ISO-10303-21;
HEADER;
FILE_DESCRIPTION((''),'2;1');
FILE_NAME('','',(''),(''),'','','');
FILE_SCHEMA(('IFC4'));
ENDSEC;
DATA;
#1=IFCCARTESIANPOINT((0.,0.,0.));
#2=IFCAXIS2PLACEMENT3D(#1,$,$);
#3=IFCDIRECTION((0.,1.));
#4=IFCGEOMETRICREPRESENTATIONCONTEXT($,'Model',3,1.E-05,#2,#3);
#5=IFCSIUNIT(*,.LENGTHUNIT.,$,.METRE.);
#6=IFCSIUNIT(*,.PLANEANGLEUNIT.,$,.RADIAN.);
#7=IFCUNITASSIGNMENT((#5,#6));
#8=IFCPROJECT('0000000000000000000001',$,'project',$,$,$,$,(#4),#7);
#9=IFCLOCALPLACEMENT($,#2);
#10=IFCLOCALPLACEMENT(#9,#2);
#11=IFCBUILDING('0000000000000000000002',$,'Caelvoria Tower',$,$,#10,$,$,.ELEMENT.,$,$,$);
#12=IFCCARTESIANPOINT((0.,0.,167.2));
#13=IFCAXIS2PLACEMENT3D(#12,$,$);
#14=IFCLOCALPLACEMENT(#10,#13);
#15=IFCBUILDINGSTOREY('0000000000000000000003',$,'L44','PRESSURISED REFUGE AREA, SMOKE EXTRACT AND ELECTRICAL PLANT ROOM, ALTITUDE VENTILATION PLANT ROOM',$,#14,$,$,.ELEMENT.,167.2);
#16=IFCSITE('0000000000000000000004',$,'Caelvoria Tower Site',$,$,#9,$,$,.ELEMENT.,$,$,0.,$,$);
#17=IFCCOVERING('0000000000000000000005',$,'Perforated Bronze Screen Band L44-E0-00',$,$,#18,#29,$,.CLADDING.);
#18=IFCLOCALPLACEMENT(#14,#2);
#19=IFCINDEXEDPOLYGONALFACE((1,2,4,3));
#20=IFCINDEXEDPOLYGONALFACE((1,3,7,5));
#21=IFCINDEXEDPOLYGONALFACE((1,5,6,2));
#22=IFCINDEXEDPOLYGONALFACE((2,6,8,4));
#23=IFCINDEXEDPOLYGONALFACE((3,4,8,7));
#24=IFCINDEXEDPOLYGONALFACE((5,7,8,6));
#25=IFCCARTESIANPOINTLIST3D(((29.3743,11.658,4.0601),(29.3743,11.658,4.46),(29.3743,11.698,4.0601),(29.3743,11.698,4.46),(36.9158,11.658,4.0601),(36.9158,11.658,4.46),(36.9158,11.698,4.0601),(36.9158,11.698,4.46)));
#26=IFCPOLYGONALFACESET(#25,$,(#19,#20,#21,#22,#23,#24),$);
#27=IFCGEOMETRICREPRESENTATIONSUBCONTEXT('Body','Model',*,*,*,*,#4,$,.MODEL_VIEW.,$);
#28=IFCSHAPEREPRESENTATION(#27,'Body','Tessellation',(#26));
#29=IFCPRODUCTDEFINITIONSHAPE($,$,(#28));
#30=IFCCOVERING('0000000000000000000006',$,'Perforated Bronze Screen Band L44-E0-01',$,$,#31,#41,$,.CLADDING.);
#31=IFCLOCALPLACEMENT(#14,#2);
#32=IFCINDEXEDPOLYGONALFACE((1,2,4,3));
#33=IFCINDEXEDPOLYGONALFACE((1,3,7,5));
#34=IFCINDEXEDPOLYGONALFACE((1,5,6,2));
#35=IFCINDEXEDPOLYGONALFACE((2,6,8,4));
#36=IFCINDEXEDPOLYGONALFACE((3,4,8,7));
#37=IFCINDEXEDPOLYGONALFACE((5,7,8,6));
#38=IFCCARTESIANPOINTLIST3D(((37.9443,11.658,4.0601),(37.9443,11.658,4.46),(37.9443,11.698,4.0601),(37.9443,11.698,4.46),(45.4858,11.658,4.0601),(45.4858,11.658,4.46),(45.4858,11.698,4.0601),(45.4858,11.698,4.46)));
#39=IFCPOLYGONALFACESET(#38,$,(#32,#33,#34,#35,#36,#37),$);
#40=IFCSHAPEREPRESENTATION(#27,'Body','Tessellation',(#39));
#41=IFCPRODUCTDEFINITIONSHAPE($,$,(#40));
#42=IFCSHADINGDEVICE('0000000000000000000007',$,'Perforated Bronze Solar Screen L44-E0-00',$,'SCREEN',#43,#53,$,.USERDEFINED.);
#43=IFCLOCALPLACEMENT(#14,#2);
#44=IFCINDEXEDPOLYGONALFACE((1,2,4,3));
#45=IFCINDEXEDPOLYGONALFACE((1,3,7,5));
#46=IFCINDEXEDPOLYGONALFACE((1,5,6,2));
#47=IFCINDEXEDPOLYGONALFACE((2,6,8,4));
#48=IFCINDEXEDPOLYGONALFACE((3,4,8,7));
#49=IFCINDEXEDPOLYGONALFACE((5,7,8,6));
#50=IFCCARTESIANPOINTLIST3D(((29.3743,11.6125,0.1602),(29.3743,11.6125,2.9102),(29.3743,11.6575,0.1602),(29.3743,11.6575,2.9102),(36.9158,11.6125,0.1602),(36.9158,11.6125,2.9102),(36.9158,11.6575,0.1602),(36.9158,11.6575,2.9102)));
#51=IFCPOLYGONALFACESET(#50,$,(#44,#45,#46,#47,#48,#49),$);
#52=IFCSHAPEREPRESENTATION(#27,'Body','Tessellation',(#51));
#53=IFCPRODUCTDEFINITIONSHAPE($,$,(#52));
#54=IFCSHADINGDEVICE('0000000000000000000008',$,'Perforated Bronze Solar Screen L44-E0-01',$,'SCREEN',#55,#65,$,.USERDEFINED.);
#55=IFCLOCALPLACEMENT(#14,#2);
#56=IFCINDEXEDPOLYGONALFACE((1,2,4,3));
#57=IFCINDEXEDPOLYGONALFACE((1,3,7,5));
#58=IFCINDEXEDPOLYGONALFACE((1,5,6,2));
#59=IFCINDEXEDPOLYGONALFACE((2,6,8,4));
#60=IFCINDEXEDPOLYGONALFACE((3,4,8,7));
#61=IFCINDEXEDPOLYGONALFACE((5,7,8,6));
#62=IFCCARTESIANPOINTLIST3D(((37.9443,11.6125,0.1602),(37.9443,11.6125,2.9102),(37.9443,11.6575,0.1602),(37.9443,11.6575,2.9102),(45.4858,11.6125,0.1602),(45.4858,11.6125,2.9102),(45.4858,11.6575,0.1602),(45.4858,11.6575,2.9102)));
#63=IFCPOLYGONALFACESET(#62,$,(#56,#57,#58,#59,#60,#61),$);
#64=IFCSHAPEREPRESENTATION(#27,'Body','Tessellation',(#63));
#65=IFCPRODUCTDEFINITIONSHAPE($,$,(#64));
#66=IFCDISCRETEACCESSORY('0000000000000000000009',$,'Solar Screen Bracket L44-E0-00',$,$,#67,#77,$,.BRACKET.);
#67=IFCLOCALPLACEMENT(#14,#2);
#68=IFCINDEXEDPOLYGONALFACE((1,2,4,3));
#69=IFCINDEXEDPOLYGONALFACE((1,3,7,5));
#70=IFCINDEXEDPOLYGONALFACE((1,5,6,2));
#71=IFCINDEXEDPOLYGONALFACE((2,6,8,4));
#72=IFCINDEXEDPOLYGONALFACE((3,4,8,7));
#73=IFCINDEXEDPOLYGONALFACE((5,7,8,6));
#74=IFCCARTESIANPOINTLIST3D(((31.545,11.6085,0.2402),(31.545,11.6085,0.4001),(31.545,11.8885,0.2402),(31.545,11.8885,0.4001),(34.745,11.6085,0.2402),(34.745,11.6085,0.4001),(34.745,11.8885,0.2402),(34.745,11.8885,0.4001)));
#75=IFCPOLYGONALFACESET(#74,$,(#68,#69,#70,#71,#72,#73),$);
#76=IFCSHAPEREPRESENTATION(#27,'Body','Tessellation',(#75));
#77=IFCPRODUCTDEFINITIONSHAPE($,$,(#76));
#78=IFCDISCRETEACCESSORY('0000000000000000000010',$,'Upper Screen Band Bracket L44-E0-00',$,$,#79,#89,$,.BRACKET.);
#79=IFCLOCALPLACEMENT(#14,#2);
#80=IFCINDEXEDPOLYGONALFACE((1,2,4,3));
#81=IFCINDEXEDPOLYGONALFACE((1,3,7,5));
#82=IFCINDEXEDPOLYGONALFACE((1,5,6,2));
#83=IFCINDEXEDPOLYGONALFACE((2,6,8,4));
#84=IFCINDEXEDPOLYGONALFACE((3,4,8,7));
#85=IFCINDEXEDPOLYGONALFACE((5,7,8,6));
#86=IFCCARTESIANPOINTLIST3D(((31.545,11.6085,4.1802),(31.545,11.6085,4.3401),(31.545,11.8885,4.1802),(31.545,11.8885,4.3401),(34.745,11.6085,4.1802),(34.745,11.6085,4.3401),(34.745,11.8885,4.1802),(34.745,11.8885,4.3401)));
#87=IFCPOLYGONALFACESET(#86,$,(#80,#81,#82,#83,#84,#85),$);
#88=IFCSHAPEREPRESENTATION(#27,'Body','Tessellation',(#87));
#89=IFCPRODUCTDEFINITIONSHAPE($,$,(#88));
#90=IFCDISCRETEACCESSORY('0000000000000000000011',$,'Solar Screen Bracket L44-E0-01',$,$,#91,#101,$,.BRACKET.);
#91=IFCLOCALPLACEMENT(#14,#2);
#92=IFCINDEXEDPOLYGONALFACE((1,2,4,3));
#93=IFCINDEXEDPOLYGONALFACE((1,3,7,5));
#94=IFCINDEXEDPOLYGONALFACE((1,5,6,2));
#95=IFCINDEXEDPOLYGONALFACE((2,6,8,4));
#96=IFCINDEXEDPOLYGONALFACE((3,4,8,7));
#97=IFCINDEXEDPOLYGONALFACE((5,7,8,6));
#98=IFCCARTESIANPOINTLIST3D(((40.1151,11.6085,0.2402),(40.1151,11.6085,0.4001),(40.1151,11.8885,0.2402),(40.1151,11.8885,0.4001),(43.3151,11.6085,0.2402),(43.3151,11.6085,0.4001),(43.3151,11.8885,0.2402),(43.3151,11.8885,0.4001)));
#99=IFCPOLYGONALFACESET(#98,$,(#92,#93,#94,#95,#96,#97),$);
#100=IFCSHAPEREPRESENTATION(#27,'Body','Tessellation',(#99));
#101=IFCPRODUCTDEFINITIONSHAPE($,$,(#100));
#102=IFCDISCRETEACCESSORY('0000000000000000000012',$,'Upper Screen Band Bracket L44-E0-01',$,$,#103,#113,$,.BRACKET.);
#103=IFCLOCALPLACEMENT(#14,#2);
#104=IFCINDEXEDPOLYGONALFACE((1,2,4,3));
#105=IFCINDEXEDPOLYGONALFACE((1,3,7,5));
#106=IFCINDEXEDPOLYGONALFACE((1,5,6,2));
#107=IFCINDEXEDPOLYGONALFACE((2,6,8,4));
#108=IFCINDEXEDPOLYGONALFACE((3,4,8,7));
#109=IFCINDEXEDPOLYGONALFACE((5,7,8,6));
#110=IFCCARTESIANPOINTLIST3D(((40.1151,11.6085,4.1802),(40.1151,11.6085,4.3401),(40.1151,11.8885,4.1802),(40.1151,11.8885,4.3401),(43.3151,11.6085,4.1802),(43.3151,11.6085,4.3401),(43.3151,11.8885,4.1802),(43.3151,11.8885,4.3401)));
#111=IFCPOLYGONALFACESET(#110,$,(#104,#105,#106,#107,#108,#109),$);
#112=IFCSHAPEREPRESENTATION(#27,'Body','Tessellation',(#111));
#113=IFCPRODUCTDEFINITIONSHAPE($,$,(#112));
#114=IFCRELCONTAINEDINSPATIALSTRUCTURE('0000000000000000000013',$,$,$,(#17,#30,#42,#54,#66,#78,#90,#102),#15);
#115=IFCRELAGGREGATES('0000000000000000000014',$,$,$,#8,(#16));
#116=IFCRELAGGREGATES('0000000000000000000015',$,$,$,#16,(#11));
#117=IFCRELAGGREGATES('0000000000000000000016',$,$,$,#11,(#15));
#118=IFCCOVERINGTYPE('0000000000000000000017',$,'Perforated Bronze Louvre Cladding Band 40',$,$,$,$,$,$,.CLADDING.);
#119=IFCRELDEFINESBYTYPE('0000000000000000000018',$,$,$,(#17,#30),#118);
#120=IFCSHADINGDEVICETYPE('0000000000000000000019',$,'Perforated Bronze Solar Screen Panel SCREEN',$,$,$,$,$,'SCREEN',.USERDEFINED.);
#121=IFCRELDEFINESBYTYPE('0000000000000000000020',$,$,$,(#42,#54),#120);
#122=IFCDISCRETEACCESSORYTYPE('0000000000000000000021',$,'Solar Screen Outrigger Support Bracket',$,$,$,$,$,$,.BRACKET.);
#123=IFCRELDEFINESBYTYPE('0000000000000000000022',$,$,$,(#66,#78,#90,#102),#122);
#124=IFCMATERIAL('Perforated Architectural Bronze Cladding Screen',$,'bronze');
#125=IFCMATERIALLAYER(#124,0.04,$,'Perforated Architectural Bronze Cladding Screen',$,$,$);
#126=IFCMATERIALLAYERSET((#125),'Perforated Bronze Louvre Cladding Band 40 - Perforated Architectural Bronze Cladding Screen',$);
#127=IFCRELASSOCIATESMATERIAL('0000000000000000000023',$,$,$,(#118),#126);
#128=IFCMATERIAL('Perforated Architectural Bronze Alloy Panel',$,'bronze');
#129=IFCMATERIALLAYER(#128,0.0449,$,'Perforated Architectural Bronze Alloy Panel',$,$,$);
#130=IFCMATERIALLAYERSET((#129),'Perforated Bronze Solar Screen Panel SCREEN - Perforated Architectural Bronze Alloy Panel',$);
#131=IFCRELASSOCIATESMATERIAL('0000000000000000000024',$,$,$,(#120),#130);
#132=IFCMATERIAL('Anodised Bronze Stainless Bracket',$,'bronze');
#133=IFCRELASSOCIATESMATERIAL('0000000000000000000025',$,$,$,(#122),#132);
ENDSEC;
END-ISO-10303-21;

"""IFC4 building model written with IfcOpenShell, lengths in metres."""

from ifc_helpers import new_model, si_unit, direction, frame, origin, origin_2d, place, context, subcontext, project, spatial, rectangle, extrude, material, layer, layer_set, type_object, element, save


model = new_model("IFC4")

# Units and contexts
model_context = context("Model", 3, precision=1e-05, world=origin(), true_north=direction((0.0, 1.0)))
body_context = subcontext(model_context, "Body", "Model", "MODEL_VIEW")
ifc_project = project(units=[si_unit("LENGTHUNIT", "METRE"), si_unit("PLANEANGLEUNIT", "RADIAN")], contexts=[model_context])

# Site, building, storey
site_placement = place(None, origin())
site = spatial("IfcSite", under=ifc_project, at=site_placement, Name="Caelvoria Tower Site", CompositionType="ELEMENT", RefElevation=0.0)
building_placement = place(site_placement, origin())
building = spatial("IfcBuilding", under=site, at=building_placement, Name="Caelvoria Tower", CompositionType="ELEMENT")
storey_placement = place(building_placement, frame((0.0, 0.0, 167.2)))
storey = spatial("IfcBuildingStorey", under=building, at=storey_placement, Name="L44", Description="PRESSURISED REFUGE AREA, SMOKE EXTRACT AND ELECTRICAL PLANT ROOM, ALTITUDE VENTILATION PLANT ROOM", CompositionType="ELEMENT", Elevation=167.2)

# Coverings
ifc_material_1 = material(Name="Perforated Architectural Bronze Cladding Screen", Category="bronze")
ifc_layer_1 = layer(ifc_material_1, 0.04, Name="Perforated Architectural Bronze Cladding Screen")
ifc_layer_set_1 = layer_set([ifc_layer_1], Name="Perforated Bronze Louvre Cladding Band 40 - Perforated Architectural Bronze Cladding Screen")
covering_type = type_object("IfcCoveringType", Name="Perforated Bronze Louvre Cladding Band 40", PredefinedType="CLADDING", material=ifc_layer_set_1)
for number, where, z_axis, x_axis, name in (
    (1, (33.145, 11.678, 4.0601), (0.0, 0.0, 1.0), (1.0, 0.0, 0.0), "Perforated Bronze Screen Band L44-E0-00"),
    (2, (41.7151, 11.678, 4.0601), (0.0, 0.0, 1.0), (1.0, 0.0, 0.0), "Perforated Bronze Screen Band L44-E0-01"),
):
    element("IfcCovering", number, at=place(storey_placement, frame(where, z_axis=z_axis, x_axis=x_axis)), inside=storey, type_object=covering_type, Name=name, PredefinedType="CLADDING", context=body_context, shape_type="SweptSolid", body=[
        extrude(rectangle(XDim=7.5415, YDim=0.04, at=origin_2d()), origin(), (0.0, 0.0, 1.0), 0.3999),
    ])

# Shading devices
ifc_material_2 = material(Name="Perforated Architectural Bronze Alloy Panel", Category="bronze")
ifc_layer_2 = layer(ifc_material_2, 0.0449, Name="Perforated Architectural Bronze Alloy Panel")
ifc_layer_set_2 = layer_set([ifc_layer_2], Name="Perforated Bronze Solar Screen Panel SCREEN - Perforated Architectural Bronze Alloy Panel")
shading_device_type = type_object("IfcShadingDeviceType", Name="Perforated Bronze Solar Screen Panel SCREEN", ElementType="SCREEN", PredefinedType="USERDEFINED", material=ifc_layer_set_2)
for number, where, z_axis, x_axis, name in (
    (3, (33.145, 11.635, 0.1602), (0.0, 0.0, 1.0), (1.0, 0.0, 0.0), "Perforated Bronze Solar Screen L44-E0-00"),
    (4, (41.7151, 11.635, 0.1602), (0.0, 0.0, 1.0), (1.0, 0.0, 0.0), "Perforated Bronze Solar Screen L44-E0-01"),
):
    element("IfcShadingDevice", number, at=place(storey_placement, frame(where, z_axis=z_axis, x_axis=x_axis)), inside=storey, type_object=shading_device_type, Name=name, ObjectType="SCREEN", PredefinedType="USERDEFINED", context=body_context, shape_type="SweptSolid", body=[
        extrude(rectangle(XDim=7.5415, YDim=0.0449, at=origin_2d()), origin(), (0.0, 0.0, 1.0), 2.75),
    ])

# Discrete accessories
ifc_material_3 = material(Name="Anodised Bronze Stainless Bracket", Category="bronze")
discrete_accessory_type = type_object("IfcDiscreteAccessoryType", Name="Solar Screen Outrigger Support Bracket", PredefinedType="BRACKET", material=ifc_material_3)
for number, where, z_axis, x_axis, name in (
    (5, (33.145, 11.7485, 0.2402), (0.0, 0.0, 1.0), (1.0, 0.0, 0.0), "Solar Screen Bracket L44-E0-00"),
    (6, (33.145, 11.7485, 4.1802), (0.0, 0.0, 1.0), (1.0, 0.0, 0.0), "Upper Screen Band Bracket L44-E0-00"),
    (7, (41.7151, 11.7485, 0.2402), (0.0, 0.0, 1.0), (1.0, 0.0, 0.0), "Solar Screen Bracket L44-E0-01"),
    (8, (41.7151, 11.7485, 4.1802), (0.0, 0.0, 1.0), (1.0, 0.0, 0.0), "Upper Screen Band Bracket L44-E0-01"),
):
    element("IfcDiscreteAccessory", number, at=place(storey_placement, frame(where, z_axis=z_axis, x_axis=x_axis)), inside=storey, type_object=discrete_accessory_type, Name=name, PredefinedType="BRACKET", context=body_context, shape_type="SweptSolid", body=[
        extrude(rectangle(XDim=3.2, YDim=0.28, at=origin_2d()), origin(), (0.0, 0.0, 1.0), 0.1599),
    ])

save(model, "model.ifc")
